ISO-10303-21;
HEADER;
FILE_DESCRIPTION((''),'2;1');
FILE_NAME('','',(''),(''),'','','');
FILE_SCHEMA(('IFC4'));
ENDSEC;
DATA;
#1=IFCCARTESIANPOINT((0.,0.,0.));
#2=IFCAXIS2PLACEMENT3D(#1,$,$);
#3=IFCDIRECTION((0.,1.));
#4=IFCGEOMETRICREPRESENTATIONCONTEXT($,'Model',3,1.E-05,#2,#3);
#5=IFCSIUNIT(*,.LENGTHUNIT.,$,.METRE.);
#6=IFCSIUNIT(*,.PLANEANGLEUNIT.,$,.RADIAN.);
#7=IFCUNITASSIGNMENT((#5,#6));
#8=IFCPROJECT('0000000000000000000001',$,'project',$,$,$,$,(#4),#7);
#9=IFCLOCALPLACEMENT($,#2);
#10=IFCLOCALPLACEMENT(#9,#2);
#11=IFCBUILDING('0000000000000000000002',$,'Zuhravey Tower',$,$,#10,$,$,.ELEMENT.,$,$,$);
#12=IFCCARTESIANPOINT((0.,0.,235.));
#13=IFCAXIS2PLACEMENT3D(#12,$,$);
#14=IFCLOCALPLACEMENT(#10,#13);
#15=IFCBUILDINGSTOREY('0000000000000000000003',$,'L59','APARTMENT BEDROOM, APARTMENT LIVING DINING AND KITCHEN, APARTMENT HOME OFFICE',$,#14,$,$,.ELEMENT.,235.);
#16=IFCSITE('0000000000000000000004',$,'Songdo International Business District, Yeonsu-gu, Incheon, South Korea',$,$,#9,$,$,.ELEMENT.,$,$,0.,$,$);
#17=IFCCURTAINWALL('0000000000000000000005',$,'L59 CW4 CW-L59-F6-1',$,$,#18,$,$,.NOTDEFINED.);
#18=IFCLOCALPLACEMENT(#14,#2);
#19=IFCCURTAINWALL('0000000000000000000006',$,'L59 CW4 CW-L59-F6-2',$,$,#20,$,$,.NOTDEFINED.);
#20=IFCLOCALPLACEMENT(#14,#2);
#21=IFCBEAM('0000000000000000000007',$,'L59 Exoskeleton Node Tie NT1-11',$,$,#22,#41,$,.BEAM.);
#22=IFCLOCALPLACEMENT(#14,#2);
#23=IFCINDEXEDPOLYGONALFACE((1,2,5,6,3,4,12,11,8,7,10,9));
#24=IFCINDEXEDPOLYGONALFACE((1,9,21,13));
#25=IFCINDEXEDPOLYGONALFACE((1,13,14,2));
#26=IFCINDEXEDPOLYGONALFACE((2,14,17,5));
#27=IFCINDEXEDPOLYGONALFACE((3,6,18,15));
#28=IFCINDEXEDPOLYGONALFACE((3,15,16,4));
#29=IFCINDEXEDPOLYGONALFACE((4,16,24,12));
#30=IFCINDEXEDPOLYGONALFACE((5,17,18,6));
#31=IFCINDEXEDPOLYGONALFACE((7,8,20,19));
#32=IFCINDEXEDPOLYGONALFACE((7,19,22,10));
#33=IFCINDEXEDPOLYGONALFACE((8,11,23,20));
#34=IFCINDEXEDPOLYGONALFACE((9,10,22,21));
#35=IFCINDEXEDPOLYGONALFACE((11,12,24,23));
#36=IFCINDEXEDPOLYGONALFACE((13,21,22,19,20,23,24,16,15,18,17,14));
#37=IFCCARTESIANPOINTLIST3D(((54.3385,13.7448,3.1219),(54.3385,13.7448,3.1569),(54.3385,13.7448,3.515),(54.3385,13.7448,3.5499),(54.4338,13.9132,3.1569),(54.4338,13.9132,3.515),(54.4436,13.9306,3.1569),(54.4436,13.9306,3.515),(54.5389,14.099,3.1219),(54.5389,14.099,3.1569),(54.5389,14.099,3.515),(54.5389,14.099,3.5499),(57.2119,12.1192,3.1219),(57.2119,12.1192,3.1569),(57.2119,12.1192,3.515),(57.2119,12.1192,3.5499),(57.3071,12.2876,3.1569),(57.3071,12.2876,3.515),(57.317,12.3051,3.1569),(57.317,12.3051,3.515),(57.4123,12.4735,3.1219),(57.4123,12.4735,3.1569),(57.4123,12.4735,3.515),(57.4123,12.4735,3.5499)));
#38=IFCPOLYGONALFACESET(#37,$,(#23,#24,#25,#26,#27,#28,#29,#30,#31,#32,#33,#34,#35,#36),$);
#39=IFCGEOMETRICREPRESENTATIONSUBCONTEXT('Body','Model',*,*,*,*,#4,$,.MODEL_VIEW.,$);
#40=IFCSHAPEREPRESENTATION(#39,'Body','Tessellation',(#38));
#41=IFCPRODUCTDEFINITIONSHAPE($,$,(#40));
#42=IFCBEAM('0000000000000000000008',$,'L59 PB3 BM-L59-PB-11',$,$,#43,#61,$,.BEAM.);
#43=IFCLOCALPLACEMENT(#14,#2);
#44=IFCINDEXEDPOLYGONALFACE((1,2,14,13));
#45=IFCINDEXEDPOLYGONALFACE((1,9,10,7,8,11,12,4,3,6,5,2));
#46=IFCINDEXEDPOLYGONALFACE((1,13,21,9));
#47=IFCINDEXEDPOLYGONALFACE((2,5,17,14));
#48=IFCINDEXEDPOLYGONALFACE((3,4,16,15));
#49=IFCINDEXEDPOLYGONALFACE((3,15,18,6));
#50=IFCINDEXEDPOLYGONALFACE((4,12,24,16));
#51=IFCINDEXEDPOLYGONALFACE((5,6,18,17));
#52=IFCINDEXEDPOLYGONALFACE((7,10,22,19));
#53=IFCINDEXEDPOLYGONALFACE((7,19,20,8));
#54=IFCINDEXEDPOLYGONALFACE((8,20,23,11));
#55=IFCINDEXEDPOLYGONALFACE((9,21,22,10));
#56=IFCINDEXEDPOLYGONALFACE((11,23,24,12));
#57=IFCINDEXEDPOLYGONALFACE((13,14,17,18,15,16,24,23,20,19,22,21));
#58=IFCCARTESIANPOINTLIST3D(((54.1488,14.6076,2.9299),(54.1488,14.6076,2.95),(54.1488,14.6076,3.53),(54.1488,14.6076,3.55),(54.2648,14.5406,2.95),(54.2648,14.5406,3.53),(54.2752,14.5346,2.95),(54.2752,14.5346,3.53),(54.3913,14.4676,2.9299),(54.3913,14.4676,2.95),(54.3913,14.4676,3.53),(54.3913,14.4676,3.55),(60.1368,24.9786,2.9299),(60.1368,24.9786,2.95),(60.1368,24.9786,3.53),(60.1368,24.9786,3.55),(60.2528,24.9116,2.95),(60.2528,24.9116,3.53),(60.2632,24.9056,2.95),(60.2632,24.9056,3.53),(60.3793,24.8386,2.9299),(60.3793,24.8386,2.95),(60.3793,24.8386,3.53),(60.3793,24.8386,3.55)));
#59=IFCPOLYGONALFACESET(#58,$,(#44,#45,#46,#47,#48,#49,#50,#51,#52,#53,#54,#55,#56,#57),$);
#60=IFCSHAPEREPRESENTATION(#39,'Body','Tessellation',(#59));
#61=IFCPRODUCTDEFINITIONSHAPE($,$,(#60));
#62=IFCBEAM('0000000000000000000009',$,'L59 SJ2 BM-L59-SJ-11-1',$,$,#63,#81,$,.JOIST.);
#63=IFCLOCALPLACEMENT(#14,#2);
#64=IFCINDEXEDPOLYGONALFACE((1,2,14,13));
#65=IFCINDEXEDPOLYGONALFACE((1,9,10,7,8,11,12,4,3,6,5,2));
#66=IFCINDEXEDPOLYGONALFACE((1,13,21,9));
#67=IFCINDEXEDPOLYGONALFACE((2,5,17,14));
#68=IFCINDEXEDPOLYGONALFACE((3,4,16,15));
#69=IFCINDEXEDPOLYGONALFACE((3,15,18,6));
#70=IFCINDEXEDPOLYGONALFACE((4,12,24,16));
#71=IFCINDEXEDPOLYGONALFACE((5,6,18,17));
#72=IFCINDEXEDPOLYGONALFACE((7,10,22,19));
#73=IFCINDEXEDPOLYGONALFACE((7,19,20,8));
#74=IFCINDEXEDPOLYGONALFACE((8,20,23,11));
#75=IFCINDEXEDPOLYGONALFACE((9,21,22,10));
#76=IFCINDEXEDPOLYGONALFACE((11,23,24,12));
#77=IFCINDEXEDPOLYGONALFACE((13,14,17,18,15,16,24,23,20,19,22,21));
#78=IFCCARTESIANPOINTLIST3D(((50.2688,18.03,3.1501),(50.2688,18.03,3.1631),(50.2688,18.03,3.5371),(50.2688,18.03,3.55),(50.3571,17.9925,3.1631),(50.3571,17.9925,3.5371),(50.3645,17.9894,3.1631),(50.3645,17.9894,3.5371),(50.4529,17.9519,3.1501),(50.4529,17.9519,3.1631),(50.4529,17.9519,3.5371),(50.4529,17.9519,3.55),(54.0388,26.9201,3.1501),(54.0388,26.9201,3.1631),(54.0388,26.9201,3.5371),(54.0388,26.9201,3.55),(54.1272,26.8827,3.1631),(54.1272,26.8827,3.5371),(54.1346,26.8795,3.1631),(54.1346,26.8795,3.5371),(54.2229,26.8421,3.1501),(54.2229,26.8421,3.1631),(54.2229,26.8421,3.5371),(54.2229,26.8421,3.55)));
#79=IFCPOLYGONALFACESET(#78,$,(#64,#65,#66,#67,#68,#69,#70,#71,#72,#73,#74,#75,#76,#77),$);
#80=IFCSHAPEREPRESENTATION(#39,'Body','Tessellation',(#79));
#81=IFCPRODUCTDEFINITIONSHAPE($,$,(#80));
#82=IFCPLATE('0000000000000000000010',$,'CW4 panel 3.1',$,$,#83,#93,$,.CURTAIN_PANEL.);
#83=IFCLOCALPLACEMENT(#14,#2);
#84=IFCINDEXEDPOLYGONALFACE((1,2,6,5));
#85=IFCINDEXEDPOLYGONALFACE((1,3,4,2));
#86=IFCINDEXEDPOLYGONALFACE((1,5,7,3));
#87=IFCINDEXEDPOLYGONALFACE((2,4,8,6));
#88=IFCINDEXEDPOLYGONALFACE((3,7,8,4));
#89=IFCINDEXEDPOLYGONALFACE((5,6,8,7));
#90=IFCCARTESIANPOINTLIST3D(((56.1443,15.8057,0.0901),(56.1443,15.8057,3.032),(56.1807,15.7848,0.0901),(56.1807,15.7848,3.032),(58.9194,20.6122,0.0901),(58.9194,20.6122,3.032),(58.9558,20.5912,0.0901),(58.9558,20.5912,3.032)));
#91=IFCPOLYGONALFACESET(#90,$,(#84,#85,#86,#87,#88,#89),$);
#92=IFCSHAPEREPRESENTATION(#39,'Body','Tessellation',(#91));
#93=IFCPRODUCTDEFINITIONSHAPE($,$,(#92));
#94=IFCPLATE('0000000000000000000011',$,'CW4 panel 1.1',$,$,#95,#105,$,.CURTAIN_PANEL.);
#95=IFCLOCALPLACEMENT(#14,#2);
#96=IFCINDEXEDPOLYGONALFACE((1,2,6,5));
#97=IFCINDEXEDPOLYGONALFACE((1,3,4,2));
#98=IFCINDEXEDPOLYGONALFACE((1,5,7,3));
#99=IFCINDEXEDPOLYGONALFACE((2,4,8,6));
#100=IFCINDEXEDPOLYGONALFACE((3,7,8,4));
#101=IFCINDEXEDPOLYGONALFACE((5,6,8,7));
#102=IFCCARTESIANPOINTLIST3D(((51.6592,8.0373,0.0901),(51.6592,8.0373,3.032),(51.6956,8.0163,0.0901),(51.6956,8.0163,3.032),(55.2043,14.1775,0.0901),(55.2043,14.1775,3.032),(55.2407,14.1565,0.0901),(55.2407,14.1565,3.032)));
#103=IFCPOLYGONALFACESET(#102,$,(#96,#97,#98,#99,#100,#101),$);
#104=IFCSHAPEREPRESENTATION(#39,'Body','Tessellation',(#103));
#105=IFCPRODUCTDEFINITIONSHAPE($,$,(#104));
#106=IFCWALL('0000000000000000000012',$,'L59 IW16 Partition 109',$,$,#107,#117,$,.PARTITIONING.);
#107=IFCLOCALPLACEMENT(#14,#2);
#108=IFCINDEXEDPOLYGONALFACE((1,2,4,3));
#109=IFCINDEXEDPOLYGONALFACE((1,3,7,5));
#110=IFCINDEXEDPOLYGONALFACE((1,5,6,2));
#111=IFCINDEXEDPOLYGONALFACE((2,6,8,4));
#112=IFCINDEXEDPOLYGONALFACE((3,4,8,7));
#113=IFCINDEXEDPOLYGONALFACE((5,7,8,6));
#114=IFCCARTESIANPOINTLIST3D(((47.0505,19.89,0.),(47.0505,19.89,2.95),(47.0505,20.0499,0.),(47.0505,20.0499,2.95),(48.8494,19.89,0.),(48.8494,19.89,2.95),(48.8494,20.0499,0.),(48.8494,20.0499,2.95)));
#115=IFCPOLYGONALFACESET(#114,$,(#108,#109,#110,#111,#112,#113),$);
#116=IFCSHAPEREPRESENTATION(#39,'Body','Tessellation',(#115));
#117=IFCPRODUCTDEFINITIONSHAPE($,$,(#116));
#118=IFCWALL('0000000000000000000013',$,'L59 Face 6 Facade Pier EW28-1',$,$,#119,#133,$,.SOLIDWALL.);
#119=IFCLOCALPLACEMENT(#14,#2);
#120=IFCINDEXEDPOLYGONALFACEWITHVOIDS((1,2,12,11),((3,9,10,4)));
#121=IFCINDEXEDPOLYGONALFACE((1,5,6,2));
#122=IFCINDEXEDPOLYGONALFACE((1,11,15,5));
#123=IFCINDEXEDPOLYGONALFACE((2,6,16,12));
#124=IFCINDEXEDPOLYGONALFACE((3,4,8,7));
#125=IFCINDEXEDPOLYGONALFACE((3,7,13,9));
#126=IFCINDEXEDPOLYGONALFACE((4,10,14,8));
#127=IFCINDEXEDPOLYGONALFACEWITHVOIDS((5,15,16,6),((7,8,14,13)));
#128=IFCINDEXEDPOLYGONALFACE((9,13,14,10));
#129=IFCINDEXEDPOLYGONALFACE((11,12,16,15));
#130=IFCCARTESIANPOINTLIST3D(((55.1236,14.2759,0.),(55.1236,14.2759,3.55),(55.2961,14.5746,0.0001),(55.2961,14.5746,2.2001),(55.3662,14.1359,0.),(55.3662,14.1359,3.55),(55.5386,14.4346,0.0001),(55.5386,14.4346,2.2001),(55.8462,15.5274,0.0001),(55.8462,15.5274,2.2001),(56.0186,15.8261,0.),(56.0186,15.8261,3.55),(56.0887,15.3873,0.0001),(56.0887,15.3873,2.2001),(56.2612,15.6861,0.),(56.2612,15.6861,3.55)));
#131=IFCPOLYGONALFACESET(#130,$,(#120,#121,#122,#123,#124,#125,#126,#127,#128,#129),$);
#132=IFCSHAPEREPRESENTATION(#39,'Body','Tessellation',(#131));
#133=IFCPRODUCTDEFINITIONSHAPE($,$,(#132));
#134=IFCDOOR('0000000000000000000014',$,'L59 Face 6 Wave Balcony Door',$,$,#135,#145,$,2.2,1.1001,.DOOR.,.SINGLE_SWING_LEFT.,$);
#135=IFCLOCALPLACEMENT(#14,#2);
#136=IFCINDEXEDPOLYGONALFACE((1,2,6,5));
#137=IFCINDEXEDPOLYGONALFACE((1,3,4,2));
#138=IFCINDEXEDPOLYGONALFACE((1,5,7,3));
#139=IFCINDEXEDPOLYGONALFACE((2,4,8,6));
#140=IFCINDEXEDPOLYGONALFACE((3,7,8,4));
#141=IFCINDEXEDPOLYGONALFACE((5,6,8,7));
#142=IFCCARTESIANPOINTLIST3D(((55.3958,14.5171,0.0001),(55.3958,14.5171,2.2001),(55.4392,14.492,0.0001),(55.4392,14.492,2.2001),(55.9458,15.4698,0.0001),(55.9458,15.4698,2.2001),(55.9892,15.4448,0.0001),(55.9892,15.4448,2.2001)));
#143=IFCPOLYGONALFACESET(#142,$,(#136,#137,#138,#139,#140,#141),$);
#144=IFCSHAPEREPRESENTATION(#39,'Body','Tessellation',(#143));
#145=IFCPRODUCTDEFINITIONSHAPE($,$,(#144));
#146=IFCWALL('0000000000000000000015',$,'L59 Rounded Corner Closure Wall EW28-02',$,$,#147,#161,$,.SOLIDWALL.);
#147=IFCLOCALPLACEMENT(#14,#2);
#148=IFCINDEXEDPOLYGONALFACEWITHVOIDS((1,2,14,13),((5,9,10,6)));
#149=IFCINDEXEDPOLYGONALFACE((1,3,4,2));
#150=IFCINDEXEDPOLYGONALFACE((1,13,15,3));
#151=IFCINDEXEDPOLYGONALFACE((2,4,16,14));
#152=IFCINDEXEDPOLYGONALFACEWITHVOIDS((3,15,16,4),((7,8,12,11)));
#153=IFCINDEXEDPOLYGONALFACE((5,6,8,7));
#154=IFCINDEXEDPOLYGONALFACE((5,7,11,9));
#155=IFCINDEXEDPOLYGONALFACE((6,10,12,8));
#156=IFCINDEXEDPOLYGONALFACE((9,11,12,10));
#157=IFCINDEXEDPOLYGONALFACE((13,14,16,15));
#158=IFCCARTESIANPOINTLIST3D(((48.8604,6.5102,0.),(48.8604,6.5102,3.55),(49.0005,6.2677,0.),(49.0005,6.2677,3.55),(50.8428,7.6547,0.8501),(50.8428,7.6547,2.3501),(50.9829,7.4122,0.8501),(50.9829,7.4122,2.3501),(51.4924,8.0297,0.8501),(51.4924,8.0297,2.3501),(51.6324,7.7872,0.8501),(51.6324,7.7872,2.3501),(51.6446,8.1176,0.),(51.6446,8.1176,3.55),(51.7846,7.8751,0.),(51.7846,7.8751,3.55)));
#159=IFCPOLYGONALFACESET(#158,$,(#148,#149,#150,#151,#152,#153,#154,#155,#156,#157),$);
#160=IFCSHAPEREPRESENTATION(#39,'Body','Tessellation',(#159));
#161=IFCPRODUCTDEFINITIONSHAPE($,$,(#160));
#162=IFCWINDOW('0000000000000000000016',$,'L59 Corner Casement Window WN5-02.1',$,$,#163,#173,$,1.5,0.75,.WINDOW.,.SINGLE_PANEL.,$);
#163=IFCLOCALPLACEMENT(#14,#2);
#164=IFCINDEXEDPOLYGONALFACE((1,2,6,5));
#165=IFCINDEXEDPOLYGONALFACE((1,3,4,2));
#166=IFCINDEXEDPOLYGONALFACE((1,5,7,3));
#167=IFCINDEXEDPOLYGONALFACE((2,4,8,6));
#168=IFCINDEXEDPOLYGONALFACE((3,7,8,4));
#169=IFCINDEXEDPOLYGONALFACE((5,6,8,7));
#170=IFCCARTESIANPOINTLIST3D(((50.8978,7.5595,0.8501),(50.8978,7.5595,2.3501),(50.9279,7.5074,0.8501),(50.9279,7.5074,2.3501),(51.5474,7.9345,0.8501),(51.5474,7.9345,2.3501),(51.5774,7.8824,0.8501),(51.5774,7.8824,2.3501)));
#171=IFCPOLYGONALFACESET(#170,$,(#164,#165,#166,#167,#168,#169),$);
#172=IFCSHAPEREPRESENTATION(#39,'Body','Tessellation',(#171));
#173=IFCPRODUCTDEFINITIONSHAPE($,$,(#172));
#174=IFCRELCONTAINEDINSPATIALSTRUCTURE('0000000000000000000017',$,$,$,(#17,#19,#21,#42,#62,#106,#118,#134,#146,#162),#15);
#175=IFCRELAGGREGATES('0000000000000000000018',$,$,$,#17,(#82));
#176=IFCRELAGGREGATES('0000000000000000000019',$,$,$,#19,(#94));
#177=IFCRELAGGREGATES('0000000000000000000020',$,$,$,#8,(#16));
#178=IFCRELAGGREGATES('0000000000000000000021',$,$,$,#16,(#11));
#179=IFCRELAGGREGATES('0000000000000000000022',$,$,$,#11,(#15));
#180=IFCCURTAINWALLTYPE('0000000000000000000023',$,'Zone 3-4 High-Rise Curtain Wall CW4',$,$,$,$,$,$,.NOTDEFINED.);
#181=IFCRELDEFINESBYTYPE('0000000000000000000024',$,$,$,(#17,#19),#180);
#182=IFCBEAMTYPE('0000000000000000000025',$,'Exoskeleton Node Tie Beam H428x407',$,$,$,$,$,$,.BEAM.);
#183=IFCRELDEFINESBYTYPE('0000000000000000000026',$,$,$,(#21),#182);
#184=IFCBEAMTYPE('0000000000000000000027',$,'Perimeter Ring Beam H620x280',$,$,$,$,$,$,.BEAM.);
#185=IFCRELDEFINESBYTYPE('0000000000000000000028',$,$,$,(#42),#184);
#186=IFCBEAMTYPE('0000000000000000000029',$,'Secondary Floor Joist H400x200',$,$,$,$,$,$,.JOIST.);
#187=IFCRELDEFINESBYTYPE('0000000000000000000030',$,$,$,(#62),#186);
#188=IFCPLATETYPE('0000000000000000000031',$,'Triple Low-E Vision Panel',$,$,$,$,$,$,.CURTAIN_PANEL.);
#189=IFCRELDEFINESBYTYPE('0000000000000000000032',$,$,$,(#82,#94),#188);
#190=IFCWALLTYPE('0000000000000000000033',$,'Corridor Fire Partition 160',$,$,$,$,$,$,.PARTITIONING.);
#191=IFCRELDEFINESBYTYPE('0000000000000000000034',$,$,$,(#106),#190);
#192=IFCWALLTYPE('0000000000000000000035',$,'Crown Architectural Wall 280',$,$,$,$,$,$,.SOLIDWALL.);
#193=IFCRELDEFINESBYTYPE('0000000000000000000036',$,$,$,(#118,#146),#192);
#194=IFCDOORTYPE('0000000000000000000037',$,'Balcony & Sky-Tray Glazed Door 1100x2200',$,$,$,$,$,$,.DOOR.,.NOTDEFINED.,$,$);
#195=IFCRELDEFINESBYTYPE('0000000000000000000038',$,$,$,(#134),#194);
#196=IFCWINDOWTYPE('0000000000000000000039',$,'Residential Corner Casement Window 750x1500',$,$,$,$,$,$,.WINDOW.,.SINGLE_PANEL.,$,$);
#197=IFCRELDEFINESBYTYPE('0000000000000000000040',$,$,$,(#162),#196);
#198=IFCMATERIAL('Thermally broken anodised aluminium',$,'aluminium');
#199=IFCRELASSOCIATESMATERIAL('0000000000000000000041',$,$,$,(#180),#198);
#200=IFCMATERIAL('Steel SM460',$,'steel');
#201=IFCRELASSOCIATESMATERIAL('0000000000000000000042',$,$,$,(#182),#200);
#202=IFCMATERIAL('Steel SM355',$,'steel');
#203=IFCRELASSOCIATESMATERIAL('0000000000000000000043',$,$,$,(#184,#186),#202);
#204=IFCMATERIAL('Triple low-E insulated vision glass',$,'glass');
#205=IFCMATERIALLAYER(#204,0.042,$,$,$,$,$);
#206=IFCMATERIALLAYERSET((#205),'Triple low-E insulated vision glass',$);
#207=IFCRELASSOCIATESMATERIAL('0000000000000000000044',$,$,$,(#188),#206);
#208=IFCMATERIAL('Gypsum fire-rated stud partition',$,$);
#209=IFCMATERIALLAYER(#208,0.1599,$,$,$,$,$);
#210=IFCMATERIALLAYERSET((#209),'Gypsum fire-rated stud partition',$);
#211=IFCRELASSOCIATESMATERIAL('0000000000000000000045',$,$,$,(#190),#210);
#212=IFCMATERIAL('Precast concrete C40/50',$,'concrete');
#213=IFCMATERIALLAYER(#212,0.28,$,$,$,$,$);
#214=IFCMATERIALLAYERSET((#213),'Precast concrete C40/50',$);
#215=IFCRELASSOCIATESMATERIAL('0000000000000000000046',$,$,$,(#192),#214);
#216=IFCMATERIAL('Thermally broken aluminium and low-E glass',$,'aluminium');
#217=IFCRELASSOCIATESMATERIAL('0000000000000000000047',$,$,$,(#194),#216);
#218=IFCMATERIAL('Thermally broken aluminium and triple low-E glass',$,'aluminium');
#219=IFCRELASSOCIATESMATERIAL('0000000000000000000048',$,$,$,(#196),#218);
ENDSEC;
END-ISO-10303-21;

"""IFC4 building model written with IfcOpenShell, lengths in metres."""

from ifc_helpers import new_model, si_unit, direction, frame, frame_2d, origin, origin_2d, place, context, subcontext, project, spatial, rectangle, i_section, extrude, material, layer, layer_set, material_profile, profile_set, type_object, element, fill, aggregate, save


model = new_model("IFC4")

# Units and contexts
model_context = context("Model", 3, precision=1e-05, world=origin(), true_north=direction((0.0, 1.0)))
body_context = subcontext(model_context, "Body", "Model", "MODEL_VIEW")
ifc_project = project(units=[si_unit("LENGTHUNIT", "METRE"), si_unit("PLANEANGLEUNIT", "RADIAN")], contexts=[model_context])

# Site, building, storey
site_placement = place(None, origin())
site = spatial("IfcSite", under=ifc_project, at=site_placement, Name="Songdo International Business District, Yeonsu-gu, Incheon, South Korea", CompositionType="ELEMENT", RefElevation=0.0)
building_placement = place(site_placement, origin())
building = spatial("IfcBuilding", under=site, at=building_placement, Name="Zuhravey Tower", CompositionType="ELEMENT")
storey_placement = place(building_placement, frame((0.0, 0.0, 235.0)))
storey = spatial("IfcBuildingStorey", under=building, at=storey_placement, Name="L59", Description="APARTMENT BEDROOM, APARTMENT LIVING DINING AND KITCHEN, APARTMENT HOME OFFICE", CompositionType="ELEMENT", Elevation=235.0)

# Curtain wall
ifc_material_1 = material(Name="Thermally broken anodised aluminium", Category="aluminium")
curtain_wall_type = type_object("IfcCurtainWallType", Name="Zone 3-4 High-Rise Curtain Wall CW4", PredefinedType="NOTDEFINED", material=ifc_material_1)
curtain_wall_1_placement = place(storey_placement, origin())
curtain_wall_1 = element("IfcCurtainWall", 1, at=curtain_wall_1_placement, inside=storey, type_object=curtain_wall_type, Name="L59 CW4 CW-L59-F6-1", PredefinedType="NOTDEFINED")

# Curtain wall
curtain_wall_2_placement = place(storey_placement, origin())
curtain_wall_2 = element("IfcCurtainWall", 2, at=curtain_wall_2_placement, inside=storey, type_object=curtain_wall_type, Name="L59 CW4 CW-L59-F6-2", PredefinedType="NOTDEFINED")

# Beams
ifc_material_2 = material(Name="Steel SM460", Category="steel")
ifc_material_profile_1 = material_profile(ifc_material_2, i_section(OverallWidth=0.407, OverallDepth=0.428, WebThickness=0.02, FlangeThickness=0.0349, at=origin_2d()), Name="H-428x407x20x35")
ifc_profile_set_1 = profile_set([ifc_material_profile_1], Name="Steel SM460")
beam_type_1 = type_object("IfcBeamType", Name="Exoskeleton Node Tie Beam H428x407", PredefinedType="BEAM", material=ifc_profile_set_1)
beam_1_placement = place(storey_placement, frame((54.4387, 13.9219, 3.3359), z_axis=(0.870374, -0.492391, 0.0), x_axis=(0.492391, 0.870374, 0.0)))
element("IfcBeam", 3, at=beam_1_placement, inside=storey, type_object=beam_type_1, Name="L59 Exoskeleton Node Tie NT1-11", PredefinedType="BEAM", context=body_context, shape_type="SweptSolid", body=[
    extrude(i_section(OverallWidth=0.407, OverallDepth=0.428, WebThickness=0.02, FlangeThickness=0.0349, at=origin_2d()), origin(), (0.0, 0.0, 1.0), 3.3013),
])
ifc_material_3 = material(Name="Steel SM355", Category="steel")
ifc_material_profile_2 = material_profile(ifc_material_3, i_section(OverallWidth=0.28, OverallDepth=0.6201, WebThickness=0.012, FlangeThickness=0.02, at=origin_2d()), Name="H-620x280x12x20")
ifc_profile_set_2 = profile_set([ifc_material_profile_2], Name="Steel SM355")
beam_type_2 = type_object("IfcBeamType", Name="Perimeter Ring Beam H620x280", PredefinedType="BEAM", material=ifc_profile_set_2)
beam_2_placement = place(storey_placement, frame((54.27, 14.5376, 3.24), z_axis=(0.500018, 0.866015, 0.0), x_axis=(-0.866015, 0.500018, 0.0)))
element("IfcBeam", 4, at=beam_2_placement, inside=storey, type_object=beam_type_2, Name="L59 PB3 BM-L59-PB-11", PredefinedType="BEAM", context=body_context, shape_type="SweptSolid", body=[
    extrude(i_section(OverallWidth=0.28, OverallDepth=0.6201, WebThickness=0.012, FlangeThickness=0.02, at=origin_2d()), origin(), (0.0, 0.0, 1.0), 11.9756),
])
ifc_material_profile_3 = material_profile(ifc_material_3, i_section(OverallWidth=0.2, OverallDepth=0.3999, WebThickness=0.0081, FlangeThickness=0.0129, at=origin_2d()), Name="H-400x200x8x13")
ifc_profile_set_3 = profile_set([ifc_material_profile_3], Name="Steel SM355")
beam_type_3 = type_object("IfcBeamType", Name="Secondary Floor Joist H400x200", PredefinedType="JOIST", material=ifc_profile_set_3)
beam_3_placement = place(storey_placement, frame((50.3608, 17.991, 3.3501), z_axis=(0.390413, 0.92064, 0.0), x_axis=(-0.92064, 0.390413, 0.0)))
element("IfcBeam", 5, at=beam_3_placement, inside=storey, type_object=beam_type_3, Name="L59 SJ2 BM-L59-SJ-11-1", PredefinedType="JOIST", context=body_context, shape_type="SweptSolid", body=[
    extrude(i_section(OverallWidth=0.2, OverallDepth=0.3999, WebThickness=0.0081, FlangeThickness=0.0129, at=origin_2d()), origin(), (0.0, 0.0, 1.0), 9.6565),
])

# Plates
ifc_material_4 = material(Name="Triple low-E insulated vision glass", Category="glass")
ifc_layer_1 = layer(ifc_material_4, 0.042)
ifc_layer_set_1 = layer_set([ifc_layer_1], Name="Triple low-E insulated vision glass")
plate_type = type_object("IfcPlateType", Name="Triple Low-E Vision Panel", PredefinedType="CURTAIN_PANEL", material=ifc_layer_set_1)
plate_1_placement = place(storey_placement, frame((57.55, 18.1985, 0.0901), z_axis=(0.0, 0.0, 1.0), x_axis=(-0.500003, -0.866024, 0.0)))
plate_1 = element("IfcPlate", 6, at=plate_1_placement, type_object=plate_type, Name="CW4 panel 3.1", PredefinedType="CURTAIN_PANEL", context=body_context, shape_type="SweptSolid", body=[
    extrude(rectangle(XDim=5.55, YDim=0.042, at=origin_2d()), origin(), (0.0, 0.0, 1.0), 2.9419),
])
aggregate(curtain_wall_1, [plate_1])
plate_2_placement = place(storey_placement, frame((53.45, 11.0969, 0.0901), z_axis=(0.0, 0.0, 1.0), x_axis=(-0.5, -0.866025, 0.0)))
plate_2 = element("IfcPlate", 7, at=plate_2_placement, type_object=plate_type, Name="CW4 panel 1.1", PredefinedType="CURTAIN_PANEL", context=body_context, shape_type="SweptSolid", body=[
    extrude(rectangle(XDim=7.0901, YDim=0.042, at=origin_2d()), origin(), (0.0, 0.0, 1.0), 2.9419),
])
aggregate(curtain_wall_2, [plate_2])

# Shared definitions
ifc_material_5 = material(Name="Gypsum fire-rated stud partition")
ifc_layer_2 = layer(ifc_material_5, 0.1599)
ifc_layer_set_2 = layer_set([ifc_layer_2], Name="Gypsum fire-rated stud partition")
wall_type_1 = type_object("IfcWallType", Name="Corridor Fire Partition 160", PredefinedType="PARTITIONING", material=ifc_layer_set_2)

# Wall
wall_1_placement = place(storey_placement, frame((47.0505, 19.97, 0.0), z_axis=(0.0, 0.0, 1.0), x_axis=(1.0, 0.0, 0.0)))
element("IfcWall", 8, at=wall_1_placement, inside=storey, type_object=wall_type_1, Name="L59 IW16 Partition 109", PredefinedType="PARTITIONING", context=body_context, shape_type="SweptSolid", body=[
    extrude(rectangle(XDim=1.7988, YDim=0.1599, at=frame_2d((0.8994, 0.0))), origin(), (0.0, 0.0, 1.0), 2.95),
])

# Wall, opening, door
ifc_material_6 = material(Name="Precast concrete C40/50", Category="concrete")
ifc_layer_3 = layer(ifc_material_6, 0.28)
ifc_layer_set_3 = layer_set([ifc_layer_3], Name="Precast concrete C40/50")
wall_type_2 = type_object("IfcWallType", Name="Crown Architectural Wall 280", PredefinedType="SOLIDWALL", material=ifc_layer_set_3)
wall_2_placement = place(storey_placement, frame((56.1399, 15.7561, 0.0), z_axis=(0.0, 0.0, 1.0), x_axis=(-0.499982, -0.866036, 0.0)))
wall_2 = element("IfcWall", 9, at=wall_2_placement, inside=storey, type_object=wall_type_2, Name="L59 Face 6 Facade Pier EW28-1", PredefinedType="SOLIDWALL", context=body_context, shape_type="SweptSolid", body=[
    extrude(rectangle(XDim=1.79, YDim=0.28, at=frame_2d((0.895, 0.0))), origin(), (0.0, 0.0, 1.0), 3.55),
])
opening_1_placement = place(wall_2_placement, frame((0.345, 0.0, 0.0)))
opening_1 = element("IfcOpeningElement", 10, at=opening_1_placement, cuts=wall_2, PredefinedType="OPENING", context=body_context, shape_type="SweptSolid", body=[
    extrude(rectangle(XDim=1.1001, YDim=2.2, at=frame_2d((0.55, 1.1001))), frame((0.0, 0.1521, 0.0), z_axis=(0.0, -1.0, 0.0), x_axis=(1.0, 0.0, 0.0)), (0.0, 0.0, 1.0), 0.304),
])
ifc_material_7 = material(Name="Thermally broken aluminium and low-E glass", Category="aluminium")
door_type_1 = type_object("IfcDoorType", Name="Balcony & Sky-Tray Glazed Door 1100x2200", OperationType="NOTDEFINED", PredefinedType="DOOR", material=ifc_material_7)
door_1_placement = place(opening_1_placement, frame((1.1001, 0.0, 0.0), z_axis=(0.0, 0.0, 1.0), x_axis=(-1.0, 0.0, 0.0)))
door_1 = element("IfcDoor", 11, at=door_1_placement, inside=storey, type_object=door_type_1, Name="L59 Face 6 Wave Balcony Door", OperationType="SINGLE_SWING_LEFT", OverallHeight=2.2, OverallWidth=1.1001, PredefinedType="DOOR", context=body_context, shape_type="SweptSolid", body=[
    extrude(rectangle(XDim=1.1001, YDim=2.2, at=frame_2d((0.55, 1.1001))), frame((0.0, 0.0249, 0.0), z_axis=(0.0, -1.0, 0.0), x_axis=(1.0, 0.0, 0.0)), (0.0, 0.0, 1.0), 0.05),
])
fill(opening_1, door_1)

# Wall, opening, window
wall_3_placement = place(storey_placement, frame((51.7146, 7.9963, 0.0), z_axis=(0.0, 0.0, 1.0), x_axis=(-0.866029, -0.499994, 0.0)))
wall_3 = element("IfcWall", 12, at=wall_3_placement, inside=storey, type_object=wall_type_2, Name="L59 Rounded Corner Closure Wall EW28-02", PredefinedType="SOLIDWALL", context=body_context, shape_type="SweptSolid", body=[
    extrude(rectangle(XDim=3.2148, YDim=0.28, at=frame_2d((1.6074, 0.0))), origin(), (0.0, 0.0, 1.0), 3.55),
])
opening_2_placement = place(wall_3_placement, frame((0.1758, 0.0, 0.8501)))
opening_2 = element("IfcOpeningElement", 13, at=opening_2_placement, cuts=wall_3, PredefinedType="OPENING", context=body_context, shape_type="SweptSolid", body=[
    extrude(rectangle(XDim=0.75, YDim=1.5, at=frame_2d((0.375, 0.75))), frame((0.0, 0.1521, 0.0), z_axis=(0.0, -1.0, 0.0), x_axis=(1.0, 0.0, 0.0)), (0.0, 0.0, 1.0), 0.304),
])
ifc_material_8 = material(Name="Thermally broken aluminium and triple low-E glass", Category="aluminium")
window_type = type_object("IfcWindowType", Name="Residential Corner Casement Window 750x1500", PartitioningType="SINGLE_PANEL", PredefinedType="WINDOW", material=ifc_material_8)
window_placement = place(opening_2_placement, origin())
window = element("IfcWindow", 14, at=window_placement, inside=storey, type_object=window_type, Name="L59 Corner Casement Window WN5-02.1", OverallHeight=1.5, OverallWidth=0.75, PartitioningType="SINGLE_PANEL", PredefinedType="WINDOW", context=body_context, shape_type="SweptSolid", body=[
    extrude(rectangle(XDim=0.75, YDim=1.5, at=frame_2d((0.375, 0.75))), frame((0.0, 0.03, 0.0), z_axis=(0.0, -1.0, 0.0), x_axis=(1.0, 0.0, 0.0)), (0.0, 0.0, 1.0), 0.0601),
])
fill(opening_2, window)

save(model, "model.ifc")
